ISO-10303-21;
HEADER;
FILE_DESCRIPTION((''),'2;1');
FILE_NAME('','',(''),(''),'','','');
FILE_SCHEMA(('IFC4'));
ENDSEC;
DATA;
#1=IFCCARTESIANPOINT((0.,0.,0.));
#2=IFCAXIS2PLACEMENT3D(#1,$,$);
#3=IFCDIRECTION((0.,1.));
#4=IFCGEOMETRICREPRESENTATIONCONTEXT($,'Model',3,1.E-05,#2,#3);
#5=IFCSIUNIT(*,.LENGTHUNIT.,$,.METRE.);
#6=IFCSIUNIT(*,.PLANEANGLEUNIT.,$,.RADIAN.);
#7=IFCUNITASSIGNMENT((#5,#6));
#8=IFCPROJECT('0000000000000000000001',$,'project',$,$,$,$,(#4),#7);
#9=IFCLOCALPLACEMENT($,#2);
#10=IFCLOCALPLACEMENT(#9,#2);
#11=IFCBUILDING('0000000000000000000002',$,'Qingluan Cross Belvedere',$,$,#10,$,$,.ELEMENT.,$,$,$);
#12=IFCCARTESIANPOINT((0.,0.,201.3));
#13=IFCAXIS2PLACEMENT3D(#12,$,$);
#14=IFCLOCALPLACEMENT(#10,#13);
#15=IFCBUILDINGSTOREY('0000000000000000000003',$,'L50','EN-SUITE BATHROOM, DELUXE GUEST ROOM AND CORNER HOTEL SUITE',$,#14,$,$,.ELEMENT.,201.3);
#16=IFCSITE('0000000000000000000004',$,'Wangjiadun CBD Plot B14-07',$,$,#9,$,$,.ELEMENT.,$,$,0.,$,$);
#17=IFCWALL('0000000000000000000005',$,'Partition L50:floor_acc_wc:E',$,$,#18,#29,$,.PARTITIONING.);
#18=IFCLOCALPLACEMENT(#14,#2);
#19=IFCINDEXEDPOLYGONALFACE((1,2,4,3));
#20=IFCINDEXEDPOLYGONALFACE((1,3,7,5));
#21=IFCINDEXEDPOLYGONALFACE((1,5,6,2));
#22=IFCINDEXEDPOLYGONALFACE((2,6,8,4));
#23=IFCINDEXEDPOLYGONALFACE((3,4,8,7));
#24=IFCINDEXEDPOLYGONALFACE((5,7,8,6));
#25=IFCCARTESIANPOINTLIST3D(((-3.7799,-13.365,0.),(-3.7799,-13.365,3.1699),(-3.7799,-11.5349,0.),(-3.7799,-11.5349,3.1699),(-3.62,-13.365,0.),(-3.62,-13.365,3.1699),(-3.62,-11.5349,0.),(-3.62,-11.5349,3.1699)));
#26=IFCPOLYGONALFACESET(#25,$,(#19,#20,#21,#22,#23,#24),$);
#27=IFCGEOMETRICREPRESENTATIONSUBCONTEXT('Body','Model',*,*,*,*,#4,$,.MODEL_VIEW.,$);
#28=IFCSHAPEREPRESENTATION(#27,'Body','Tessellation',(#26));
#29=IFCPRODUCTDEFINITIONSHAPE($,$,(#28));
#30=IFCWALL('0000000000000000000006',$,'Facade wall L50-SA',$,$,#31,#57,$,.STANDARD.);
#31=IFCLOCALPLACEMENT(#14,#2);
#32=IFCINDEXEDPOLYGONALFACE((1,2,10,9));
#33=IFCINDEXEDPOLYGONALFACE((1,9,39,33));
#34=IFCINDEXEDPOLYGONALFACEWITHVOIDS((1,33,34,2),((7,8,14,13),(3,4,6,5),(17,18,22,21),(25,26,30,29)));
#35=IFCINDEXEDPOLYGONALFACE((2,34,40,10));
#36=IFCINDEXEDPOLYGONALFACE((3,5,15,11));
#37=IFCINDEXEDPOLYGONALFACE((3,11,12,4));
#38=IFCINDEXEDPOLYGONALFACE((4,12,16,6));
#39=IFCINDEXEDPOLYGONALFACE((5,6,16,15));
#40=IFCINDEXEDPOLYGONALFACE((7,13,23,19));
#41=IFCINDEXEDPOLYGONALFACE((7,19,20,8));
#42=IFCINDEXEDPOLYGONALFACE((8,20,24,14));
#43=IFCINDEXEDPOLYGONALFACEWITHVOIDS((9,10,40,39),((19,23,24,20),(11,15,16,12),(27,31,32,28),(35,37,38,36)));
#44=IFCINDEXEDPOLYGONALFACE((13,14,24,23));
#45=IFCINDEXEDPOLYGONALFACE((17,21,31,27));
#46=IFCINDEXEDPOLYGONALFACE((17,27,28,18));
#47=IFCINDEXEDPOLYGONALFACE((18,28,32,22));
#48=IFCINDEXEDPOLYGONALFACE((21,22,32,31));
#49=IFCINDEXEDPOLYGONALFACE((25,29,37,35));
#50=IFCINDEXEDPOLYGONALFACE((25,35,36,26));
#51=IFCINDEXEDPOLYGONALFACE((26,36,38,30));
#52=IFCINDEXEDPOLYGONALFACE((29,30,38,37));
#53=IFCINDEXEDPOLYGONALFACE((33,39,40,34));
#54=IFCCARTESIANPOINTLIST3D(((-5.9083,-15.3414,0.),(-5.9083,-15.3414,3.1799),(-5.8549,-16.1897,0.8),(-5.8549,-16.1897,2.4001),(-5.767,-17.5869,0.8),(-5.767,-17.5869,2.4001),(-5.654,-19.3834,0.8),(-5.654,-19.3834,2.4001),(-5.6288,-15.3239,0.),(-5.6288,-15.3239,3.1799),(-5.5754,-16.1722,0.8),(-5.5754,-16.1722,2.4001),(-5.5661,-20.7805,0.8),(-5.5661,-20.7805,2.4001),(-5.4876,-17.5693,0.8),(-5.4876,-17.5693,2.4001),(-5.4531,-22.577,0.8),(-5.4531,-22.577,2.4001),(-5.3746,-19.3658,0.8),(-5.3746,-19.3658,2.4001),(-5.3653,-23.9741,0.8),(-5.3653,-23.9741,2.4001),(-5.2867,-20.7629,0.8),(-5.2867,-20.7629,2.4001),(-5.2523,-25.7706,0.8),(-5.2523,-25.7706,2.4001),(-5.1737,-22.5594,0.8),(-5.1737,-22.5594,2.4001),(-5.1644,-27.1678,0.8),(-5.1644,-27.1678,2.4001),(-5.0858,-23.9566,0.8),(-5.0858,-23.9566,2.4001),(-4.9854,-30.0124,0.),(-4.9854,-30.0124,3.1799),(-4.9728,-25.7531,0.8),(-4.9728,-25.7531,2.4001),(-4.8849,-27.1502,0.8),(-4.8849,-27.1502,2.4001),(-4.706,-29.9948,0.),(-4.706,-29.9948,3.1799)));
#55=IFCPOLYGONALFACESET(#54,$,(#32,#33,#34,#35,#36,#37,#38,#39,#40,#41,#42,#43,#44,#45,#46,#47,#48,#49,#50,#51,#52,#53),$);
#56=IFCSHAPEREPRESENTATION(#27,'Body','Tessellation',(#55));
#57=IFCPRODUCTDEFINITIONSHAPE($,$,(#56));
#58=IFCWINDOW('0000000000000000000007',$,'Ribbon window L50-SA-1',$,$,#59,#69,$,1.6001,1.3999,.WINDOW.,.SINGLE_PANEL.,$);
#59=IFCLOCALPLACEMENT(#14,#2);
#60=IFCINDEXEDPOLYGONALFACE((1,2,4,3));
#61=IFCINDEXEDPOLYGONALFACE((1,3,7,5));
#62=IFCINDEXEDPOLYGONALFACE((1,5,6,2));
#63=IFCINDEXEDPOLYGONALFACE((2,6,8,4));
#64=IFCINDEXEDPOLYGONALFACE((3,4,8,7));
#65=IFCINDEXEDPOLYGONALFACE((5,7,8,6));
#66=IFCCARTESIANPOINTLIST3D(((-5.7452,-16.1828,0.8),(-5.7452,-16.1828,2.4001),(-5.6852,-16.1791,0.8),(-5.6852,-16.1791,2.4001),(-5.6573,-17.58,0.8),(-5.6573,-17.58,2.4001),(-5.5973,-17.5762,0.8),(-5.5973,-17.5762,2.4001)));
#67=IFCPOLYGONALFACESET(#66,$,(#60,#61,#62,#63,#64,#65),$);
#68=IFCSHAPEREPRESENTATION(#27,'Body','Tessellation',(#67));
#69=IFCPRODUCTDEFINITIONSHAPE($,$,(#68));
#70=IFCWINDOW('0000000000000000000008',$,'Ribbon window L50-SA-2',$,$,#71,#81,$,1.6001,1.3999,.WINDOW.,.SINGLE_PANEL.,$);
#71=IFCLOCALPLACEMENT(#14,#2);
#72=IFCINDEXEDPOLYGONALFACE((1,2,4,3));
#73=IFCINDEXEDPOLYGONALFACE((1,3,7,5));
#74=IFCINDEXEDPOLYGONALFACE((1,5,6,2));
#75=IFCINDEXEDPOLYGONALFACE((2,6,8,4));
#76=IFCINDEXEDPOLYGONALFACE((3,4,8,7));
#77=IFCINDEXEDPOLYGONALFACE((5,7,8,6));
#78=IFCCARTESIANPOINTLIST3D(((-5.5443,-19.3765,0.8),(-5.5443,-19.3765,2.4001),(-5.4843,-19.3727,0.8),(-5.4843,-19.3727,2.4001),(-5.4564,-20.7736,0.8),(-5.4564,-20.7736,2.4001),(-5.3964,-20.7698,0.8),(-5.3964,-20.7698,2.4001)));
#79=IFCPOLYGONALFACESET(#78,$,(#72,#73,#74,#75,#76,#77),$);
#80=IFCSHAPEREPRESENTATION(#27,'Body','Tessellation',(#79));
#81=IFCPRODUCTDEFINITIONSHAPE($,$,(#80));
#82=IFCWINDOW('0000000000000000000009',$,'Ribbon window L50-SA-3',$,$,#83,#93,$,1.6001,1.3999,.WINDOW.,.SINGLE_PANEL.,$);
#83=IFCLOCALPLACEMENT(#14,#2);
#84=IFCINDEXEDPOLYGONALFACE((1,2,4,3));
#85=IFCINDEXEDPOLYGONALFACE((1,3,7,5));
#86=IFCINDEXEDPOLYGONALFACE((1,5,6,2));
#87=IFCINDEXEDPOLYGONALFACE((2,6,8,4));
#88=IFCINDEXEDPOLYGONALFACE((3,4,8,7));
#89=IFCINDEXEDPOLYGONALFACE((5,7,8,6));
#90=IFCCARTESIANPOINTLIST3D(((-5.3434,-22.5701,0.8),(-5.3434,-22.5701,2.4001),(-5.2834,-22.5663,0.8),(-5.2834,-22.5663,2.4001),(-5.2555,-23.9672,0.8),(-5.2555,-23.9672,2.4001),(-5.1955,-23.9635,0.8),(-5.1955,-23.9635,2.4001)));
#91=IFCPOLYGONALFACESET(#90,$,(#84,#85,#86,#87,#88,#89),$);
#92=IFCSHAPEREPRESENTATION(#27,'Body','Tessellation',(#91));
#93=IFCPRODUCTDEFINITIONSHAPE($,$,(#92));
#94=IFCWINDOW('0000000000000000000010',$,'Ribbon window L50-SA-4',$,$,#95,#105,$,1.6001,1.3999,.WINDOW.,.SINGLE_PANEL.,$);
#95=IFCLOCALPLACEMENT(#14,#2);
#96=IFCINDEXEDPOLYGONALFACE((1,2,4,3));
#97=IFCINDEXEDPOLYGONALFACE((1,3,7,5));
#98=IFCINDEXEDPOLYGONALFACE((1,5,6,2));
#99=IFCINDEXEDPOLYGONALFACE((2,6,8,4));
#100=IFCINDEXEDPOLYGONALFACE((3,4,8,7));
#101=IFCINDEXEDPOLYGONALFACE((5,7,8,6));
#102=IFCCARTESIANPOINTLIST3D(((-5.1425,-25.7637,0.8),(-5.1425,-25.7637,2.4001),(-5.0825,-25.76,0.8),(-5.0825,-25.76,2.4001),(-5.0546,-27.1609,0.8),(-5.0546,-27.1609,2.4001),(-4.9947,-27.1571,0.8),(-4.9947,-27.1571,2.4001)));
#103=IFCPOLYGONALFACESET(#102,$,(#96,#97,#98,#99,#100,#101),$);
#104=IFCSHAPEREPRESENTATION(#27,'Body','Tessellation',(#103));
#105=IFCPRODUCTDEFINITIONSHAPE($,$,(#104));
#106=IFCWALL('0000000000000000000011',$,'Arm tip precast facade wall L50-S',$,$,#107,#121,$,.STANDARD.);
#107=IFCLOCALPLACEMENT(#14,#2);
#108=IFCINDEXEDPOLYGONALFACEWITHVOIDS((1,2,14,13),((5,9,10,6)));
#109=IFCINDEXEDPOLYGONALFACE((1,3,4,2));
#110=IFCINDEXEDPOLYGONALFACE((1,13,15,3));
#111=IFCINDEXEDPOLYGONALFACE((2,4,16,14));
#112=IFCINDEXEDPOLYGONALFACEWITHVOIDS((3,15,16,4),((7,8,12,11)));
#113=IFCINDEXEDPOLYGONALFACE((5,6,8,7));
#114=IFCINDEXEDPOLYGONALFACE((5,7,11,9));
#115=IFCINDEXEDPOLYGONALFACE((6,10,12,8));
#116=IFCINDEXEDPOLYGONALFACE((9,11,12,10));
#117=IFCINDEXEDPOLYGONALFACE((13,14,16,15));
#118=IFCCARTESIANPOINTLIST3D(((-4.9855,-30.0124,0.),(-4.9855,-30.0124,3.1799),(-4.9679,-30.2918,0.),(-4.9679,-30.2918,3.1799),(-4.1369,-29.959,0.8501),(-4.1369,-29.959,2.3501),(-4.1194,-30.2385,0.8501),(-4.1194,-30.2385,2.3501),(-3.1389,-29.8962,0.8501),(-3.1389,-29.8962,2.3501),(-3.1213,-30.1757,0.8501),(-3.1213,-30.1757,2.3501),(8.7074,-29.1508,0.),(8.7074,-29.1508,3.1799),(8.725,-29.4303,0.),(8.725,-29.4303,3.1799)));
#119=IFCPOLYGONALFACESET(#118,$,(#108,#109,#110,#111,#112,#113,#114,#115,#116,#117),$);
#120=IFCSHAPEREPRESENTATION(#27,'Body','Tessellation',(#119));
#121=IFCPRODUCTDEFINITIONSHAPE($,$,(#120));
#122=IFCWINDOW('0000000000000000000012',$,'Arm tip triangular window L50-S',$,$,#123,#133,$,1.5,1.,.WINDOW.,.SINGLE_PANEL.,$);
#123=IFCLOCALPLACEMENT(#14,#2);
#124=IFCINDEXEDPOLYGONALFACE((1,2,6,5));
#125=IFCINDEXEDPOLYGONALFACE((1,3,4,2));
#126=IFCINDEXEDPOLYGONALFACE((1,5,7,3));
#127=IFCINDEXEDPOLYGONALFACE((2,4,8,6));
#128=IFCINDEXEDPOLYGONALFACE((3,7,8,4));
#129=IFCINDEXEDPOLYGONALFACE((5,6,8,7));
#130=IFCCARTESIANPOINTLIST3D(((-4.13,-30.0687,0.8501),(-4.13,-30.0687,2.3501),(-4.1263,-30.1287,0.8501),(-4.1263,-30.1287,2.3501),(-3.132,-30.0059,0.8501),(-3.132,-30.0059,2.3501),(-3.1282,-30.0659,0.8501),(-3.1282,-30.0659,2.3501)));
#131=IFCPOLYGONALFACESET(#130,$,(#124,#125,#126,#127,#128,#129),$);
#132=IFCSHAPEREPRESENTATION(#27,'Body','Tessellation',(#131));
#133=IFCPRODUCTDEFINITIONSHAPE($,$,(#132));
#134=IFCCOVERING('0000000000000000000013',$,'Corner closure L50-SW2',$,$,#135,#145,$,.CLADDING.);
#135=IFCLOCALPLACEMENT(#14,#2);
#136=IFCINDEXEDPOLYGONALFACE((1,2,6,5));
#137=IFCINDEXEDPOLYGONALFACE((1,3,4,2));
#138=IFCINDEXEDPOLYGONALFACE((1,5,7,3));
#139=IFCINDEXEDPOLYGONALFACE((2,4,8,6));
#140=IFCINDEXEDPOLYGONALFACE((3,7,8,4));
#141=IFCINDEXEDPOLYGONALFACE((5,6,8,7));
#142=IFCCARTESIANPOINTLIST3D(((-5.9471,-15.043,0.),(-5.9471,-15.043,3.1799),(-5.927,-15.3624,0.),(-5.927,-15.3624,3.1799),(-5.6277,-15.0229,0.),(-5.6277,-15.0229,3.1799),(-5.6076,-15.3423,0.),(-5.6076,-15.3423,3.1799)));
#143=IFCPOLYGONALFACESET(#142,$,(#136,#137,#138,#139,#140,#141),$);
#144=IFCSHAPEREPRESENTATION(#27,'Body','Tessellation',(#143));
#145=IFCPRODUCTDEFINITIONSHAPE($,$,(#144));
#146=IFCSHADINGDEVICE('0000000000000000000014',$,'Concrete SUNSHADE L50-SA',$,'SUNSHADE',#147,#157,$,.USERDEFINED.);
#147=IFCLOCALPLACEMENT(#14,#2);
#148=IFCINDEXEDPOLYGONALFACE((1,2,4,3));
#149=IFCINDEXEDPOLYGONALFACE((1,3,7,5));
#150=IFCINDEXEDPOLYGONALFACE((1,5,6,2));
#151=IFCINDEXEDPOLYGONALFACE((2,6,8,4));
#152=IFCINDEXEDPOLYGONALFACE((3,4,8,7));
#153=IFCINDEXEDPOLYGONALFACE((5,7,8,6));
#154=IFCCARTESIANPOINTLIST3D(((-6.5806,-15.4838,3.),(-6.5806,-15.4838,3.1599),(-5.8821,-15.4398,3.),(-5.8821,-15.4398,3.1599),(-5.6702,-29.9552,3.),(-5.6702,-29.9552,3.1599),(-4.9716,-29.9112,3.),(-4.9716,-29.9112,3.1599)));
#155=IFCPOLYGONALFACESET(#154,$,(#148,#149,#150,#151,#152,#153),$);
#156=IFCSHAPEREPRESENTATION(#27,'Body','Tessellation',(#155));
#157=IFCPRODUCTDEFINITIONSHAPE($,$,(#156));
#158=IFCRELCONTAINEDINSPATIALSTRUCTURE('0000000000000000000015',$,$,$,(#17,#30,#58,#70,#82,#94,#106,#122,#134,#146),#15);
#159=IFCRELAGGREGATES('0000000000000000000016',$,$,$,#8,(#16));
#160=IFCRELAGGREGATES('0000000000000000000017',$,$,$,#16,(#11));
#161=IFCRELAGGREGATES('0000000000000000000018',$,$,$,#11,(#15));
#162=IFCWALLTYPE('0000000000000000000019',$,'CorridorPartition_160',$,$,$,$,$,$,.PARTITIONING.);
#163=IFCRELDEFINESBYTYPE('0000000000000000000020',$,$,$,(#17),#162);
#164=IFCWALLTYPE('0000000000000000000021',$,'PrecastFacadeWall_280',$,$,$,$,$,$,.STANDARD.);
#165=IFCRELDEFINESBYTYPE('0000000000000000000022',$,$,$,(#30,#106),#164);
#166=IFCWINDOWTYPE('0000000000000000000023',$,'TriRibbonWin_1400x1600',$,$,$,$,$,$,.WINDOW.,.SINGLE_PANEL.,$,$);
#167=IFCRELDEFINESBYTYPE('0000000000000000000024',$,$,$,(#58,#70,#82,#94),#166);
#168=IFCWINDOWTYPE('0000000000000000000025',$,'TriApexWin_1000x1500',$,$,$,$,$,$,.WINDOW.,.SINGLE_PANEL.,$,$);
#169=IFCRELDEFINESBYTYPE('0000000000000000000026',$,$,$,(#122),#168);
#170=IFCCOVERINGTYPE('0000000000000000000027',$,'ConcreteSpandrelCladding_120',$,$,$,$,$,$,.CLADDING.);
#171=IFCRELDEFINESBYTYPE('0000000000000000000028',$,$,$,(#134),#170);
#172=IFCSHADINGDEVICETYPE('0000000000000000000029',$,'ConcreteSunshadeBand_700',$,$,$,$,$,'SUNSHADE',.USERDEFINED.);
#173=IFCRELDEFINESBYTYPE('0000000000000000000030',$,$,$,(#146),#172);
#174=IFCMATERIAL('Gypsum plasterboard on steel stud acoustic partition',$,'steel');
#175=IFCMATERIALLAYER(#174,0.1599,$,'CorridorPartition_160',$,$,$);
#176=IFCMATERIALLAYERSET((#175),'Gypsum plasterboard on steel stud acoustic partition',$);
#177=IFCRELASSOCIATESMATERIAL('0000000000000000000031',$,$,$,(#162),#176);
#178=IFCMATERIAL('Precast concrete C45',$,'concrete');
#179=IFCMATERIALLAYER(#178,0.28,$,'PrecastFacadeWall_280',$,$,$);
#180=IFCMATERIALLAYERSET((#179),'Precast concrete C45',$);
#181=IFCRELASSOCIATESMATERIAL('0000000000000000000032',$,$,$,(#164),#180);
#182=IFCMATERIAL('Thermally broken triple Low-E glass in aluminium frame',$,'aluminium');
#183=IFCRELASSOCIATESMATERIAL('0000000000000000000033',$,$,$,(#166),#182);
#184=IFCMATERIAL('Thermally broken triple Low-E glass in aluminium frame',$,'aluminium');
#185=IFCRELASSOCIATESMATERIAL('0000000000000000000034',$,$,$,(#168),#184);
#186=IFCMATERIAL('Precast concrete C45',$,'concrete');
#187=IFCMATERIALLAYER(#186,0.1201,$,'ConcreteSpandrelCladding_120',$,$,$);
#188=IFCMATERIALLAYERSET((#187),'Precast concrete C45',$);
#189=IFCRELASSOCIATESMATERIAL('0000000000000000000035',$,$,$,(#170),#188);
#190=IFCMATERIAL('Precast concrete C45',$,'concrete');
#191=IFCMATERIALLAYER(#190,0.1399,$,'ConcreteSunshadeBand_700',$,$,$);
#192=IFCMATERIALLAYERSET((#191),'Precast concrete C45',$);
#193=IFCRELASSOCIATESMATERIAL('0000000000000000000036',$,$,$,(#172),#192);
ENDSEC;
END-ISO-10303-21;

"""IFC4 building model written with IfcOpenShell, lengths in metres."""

from ifc_helpers import new_model, si_unit, direction, frame, frame_2d, origin, origin_2d, place, context, subcontext, project, spatial, rectangle, extrude, material, layer, layer_set, type_object, element, fill, save


model = new_model("IFC4")

# Units and contexts
model_context = context("Model", 3, precision=1e-05, world=origin(), true_north=direction((0.0, 1.0)))
body_context = subcontext(model_context, "Body", "Model", "MODEL_VIEW")
ifc_project = project(units=[si_unit("LENGTHUNIT", "METRE"), si_unit("PLANEANGLEUNIT", "RADIAN")], contexts=[model_context])

# Site, building, storey
site_placement = place(None, origin())
site = spatial("IfcSite", under=ifc_project, at=site_placement, Name="Wangjiadun CBD Plot B14-07", CompositionType="ELEMENT", RefElevation=0.0)
building_placement = place(site_placement, origin())
building = spatial("IfcBuilding", under=site, at=building_placement, Name="Qingluan Cross Belvedere", CompositionType="ELEMENT")
storey_placement = place(building_placement, frame((0.0, 0.0, 201.3)))
storey = spatial("IfcBuildingStorey", under=building, at=storey_placement, Name="L50", Description="EN-SUITE BATHROOM, DELUXE GUEST ROOM AND CORNER HOTEL SUITE", CompositionType="ELEMENT", Elevation=201.3)

# Shared definitions
ifc_material_1 = material(Name="Gypsum plasterboard on steel stud acoustic partition", Category="steel")
ifc_layer_1 = layer(ifc_material_1, 0.1599, Name="CorridorPartition_160")
ifc_layer_set_1 = layer_set([ifc_layer_1], Name="Gypsum plasterboard on steel stud acoustic partition")
wall_type_1 = type_object("IfcWallType", Name="CorridorPartition_160", PredefinedType="PARTITIONING", material=ifc_layer_set_1)

# Wall
wall_1_placement = place(storey_placement, frame((-3.7, -13.365, 0.0), z_axis=(0.0, 0.0, 1.0), x_axis=(0.0, 1.0, 0.0)))
element("IfcWall", 1, at=wall_1_placement, inside=storey, type_object=wall_type_1, Name="Partition L50:floor_acc_wc:E", PredefinedType="PARTITIONING", context=body_context, shape_type="SweptSolid", body=[
    extrude(rectangle(XDim=1.8301, YDim=0.1599, at=frame_2d((0.915, 0.0))), origin(), (0.0, 0.0, 1.0), 3.1699),
])

# Wall, openings, windows
ifc_material_2 = material(Name="Precast concrete C45", Category="concrete")
ifc_layer_2 = layer(ifc_material_2, 0.28, Name="PrecastFacadeWall_280")
ifc_layer_set_2 = layer_set([ifc_layer_2], Name="Precast concrete C45")
wall_type_2 = type_object("IfcWallType", Name="PrecastFacadeWall_280", PredefinedType="STANDARD", material=ifc_layer_set_2)
wall_2_placement = place(storey_placement, frame((-5.7686, -15.3325, 0.0), z_axis=(0.0, 0.0, 1.0), x_axis=(0.062779, -0.998027, 0.0)))
wall_2 = element("IfcWall", 2, at=wall_2_placement, inside=storey, type_object=wall_type_2, Name="Facade wall L50-SA", PredefinedType="STANDARD", context=body_context, shape_type="SweptSolid", body=[
    extrude(rectangle(XDim=14.7, YDim=0.28, at=frame_2d((7.3501, 0.0))), origin(), (0.0, 0.0, 1.0), 3.1799),
])
opening_1_placement = place(wall_2_placement, frame((0.8501, 0.0, 0.8)))
opening_1 = element("IfcOpeningElement", 3, at=opening_1_placement, cuts=wall_2, PredefinedType="OPENING", context=body_context, shape_type="SweptSolid", body=[
    extrude(rectangle(XDim=1.3999, YDim=1.6001, at=frame_2d((0.7, 0.8))), frame((0.0, 0.1499, 0.0), z_axis=(0.0, -1.0, 0.0), x_axis=(1.0, 0.0, 0.0)), (0.0, 0.0, 1.0), 0.3),
])
opening_2_placement = place(wall_2_placement, frame((4.05, 0.0, 0.8)))
opening_2 = element("IfcOpeningElement", 4, at=opening_2_placement, cuts=wall_2, PredefinedType="OPENING", context=body_context, shape_type="SweptSolid", body=[
    extrude(rectangle(XDim=1.3999, YDim=1.6001, at=frame_2d((0.7, 0.8))), frame((0.0, 0.1499, 0.0), z_axis=(0.0, -1.0, 0.0), x_axis=(1.0, 0.0, 0.0)), (0.0, 0.0, 1.0), 0.3),
])
opening_3_placement = place(wall_2_placement, frame((7.25, 0.0, 0.8)))
opening_3 = element("IfcOpeningElement", 5, at=opening_3_placement, cuts=wall_2, PredefinedType="OPENING", context=body_context, shape_type="SweptSolid", body=[
    extrude(rectangle(XDim=1.3999, YDim=1.6001, at=frame_2d((0.7, 0.8))), frame((0.0, 0.1499, 0.0), z_axis=(0.0, -1.0, 0.0), x_axis=(1.0, 0.0, 0.0)), (0.0, 0.0, 1.0), 0.3),
])
opening_4_placement = place(wall_2_placement, frame((10.45, 0.0, 0.8)))
opening_4 = element("IfcOpeningElement", 6, at=opening_4_placement, cuts=wall_2, PredefinedType="OPENING", context=body_context, shape_type="SweptSolid", body=[
    extrude(rectangle(XDim=1.3999, YDim=1.6001, at=frame_2d((0.7, 0.8))), frame((0.0, 0.1499, 0.0), z_axis=(0.0, -1.0, 0.0), x_axis=(1.0, 0.0, 0.0)), (0.0, 0.0, 1.0), 0.3),
])
ifc_material_3 = material(Name="Thermally broken triple Low-E glass in aluminium frame", Category="aluminium")
window_type_1 = type_object("IfcWindowType", Name="TriRibbonWin_1400x1600", PartitioningType="SINGLE_PANEL", PredefinedType="WINDOW", material=ifc_material_3)
window_1_placement = place(opening_1_placement, origin())
window_1 = element("IfcWindow", 7, at=window_1_placement, inside=storey, type_object=window_type_1, Name="Ribbon window L50-SA-1", OverallHeight=1.6001, OverallWidth=1.3999, PartitioningType="SINGLE_PANEL", PredefinedType="WINDOW", context=body_context, shape_type="SweptSolid", body=[
    extrude(rectangle(XDim=1.3999, YDim=1.6001, at=frame_2d((0.7, 0.8))), frame((0.0, 0.03, 0.0), z_axis=(0.0, -1.0, 0.0), x_axis=(1.0, 0.0, 0.0)), (0.0, 0.0, 1.0), 0.0601),
])
fill(opening_1, window_1)
window_2_placement = place(opening_2_placement, origin())
window_2 = element("IfcWindow", 8, at=window_2_placement, inside=storey, type_object=window_type_1, Name="Ribbon window L50-SA-2", OverallHeight=1.6001, OverallWidth=1.3999, PartitioningType="SINGLE_PANEL", PredefinedType="WINDOW", context=body_context, shape_type="SweptSolid", body=[
    extrude(rectangle(XDim=1.3999, YDim=1.6001, at=frame_2d((0.7, 0.8))), frame((0.0, 0.03, 0.0), z_axis=(0.0, -1.0, 0.0), x_axis=(1.0, 0.0, 0.0)), (0.0, 0.0, 1.0), 0.0601),
])
fill(opening_2, window_2)
window_3_placement = place(opening_3_placement, origin())
window_3 = element("IfcWindow", 9, at=window_3_placement, inside=storey, type_object=window_type_1, Name="Ribbon window L50-SA-3", OverallHeight=1.6001, OverallWidth=1.3999, PartitioningType="SINGLE_PANEL", PredefinedType="WINDOW", context=body_context, shape_type="SweptSolid", body=[
    extrude(rectangle(XDim=1.3999, YDim=1.6001, at=frame_2d((0.7, 0.8))), frame((0.0, 0.03, 0.0), z_axis=(0.0, -1.0, 0.0), x_axis=(1.0, 0.0, 0.0)), (0.0, 0.0, 1.0), 0.0601),
])
fill(opening_3, window_3)
window_4_placement = place(opening_4_placement, origin())
window_4 = element("IfcWindow", 10, at=window_4_placement, inside=storey, type_object=window_type_1, Name="Ribbon window L50-SA-4", OverallHeight=1.6001, OverallWidth=1.3999, PartitioningType="SINGLE_PANEL", PredefinedType="WINDOW", context=body_context, shape_type="SweptSolid", body=[
    extrude(rectangle(XDim=1.3999, YDim=1.6001, at=frame_2d((0.7, 0.8))), frame((0.0, 0.03, 0.0), z_axis=(0.0, -1.0, 0.0), x_axis=(1.0, 0.0, 0.0)), (0.0, 0.0, 1.0), 0.0601),
])
fill(opening_4, window_4)

# Wall, opening, window
wall_3_placement = place(storey_placement, frame((-4.9766, -30.1521, 0.0), z_axis=(0.0, 0.0, 1.0), x_axis=(0.998026, 0.062797, 0.0)))
wall_3 = element("IfcWall", 11, at=wall_3_placement, inside=storey, type_object=wall_type_2, Name="Arm tip precast facade wall L50-S", PredefinedType="STANDARD", context=body_context, shape_type="SweptSolid", body=[
    extrude(rectangle(XDim=13.72, YDim=0.28, at=frame_2d((6.8599, 0.0))), origin(), (0.0, 0.0, 1.0), 3.1799),
])
opening_5_placement = place(wall_3_placement, frame((0.8501, 0.0, 0.8501)))
opening_5 = element("IfcOpeningElement", 12, at=opening_5_placement, cuts=wall_3, PredefinedType="OPENING", context=body_context, shape_type="SweptSolid", body=[
    extrude(rectangle(XDim=1.0, YDim=1.5, at=frame_2d((0.5, 0.75))), frame((0.0, 0.1499, 0.0), z_axis=(0.0, -1.0, 0.0), x_axis=(1.0, 0.0, 0.0)), (0.0, 0.0, 1.0), 0.3),
])
ifc_material_4 = material(Name="Thermally broken triple Low-E glass in aluminium frame", Category="aluminium")
window_type_2 = type_object("IfcWindowType", Name="TriApexWin_1000x1500", PartitioningType="SINGLE_PANEL", PredefinedType="WINDOW", material=ifc_material_4)
window_5_placement = place(opening_5_placement, origin())
window_5 = element("IfcWindow", 13, at=window_5_placement, inside=storey, type_object=window_type_2, Name="Arm tip triangular window L50-S", OverallHeight=1.5, OverallWidth=1.0, PartitioningType="SINGLE_PANEL", PredefinedType="WINDOW", context=body_context, shape_type="SweptSolid", body=[
    extrude(rectangle(XDim=1.0, YDim=1.5, at=frame_2d((0.5, 0.75))), frame((0.0, 0.03, 0.0), z_axis=(0.0, -1.0, 0.0), x_axis=(1.0, 0.0, 0.0)), (0.0, 0.0, 1.0), 0.0601),
])
fill(opening_5, window_5)

# Covering
ifc_material_5 = material(Name="Precast concrete C45", Category="concrete")
ifc_layer_3 = layer(ifc_material_5, 0.1201, Name="ConcreteSpandrelCladding_120")
ifc_layer_set_3 = layer_set([ifc_layer_3], Name="Precast concrete C45")
covering_type = type_object("IfcCoveringType", Name="ConcreteSpandrelCladding_120", PredefinedType="CLADDING", material=ifc_layer_set_3)
covering_placement = place(storey_placement, frame((-5.7773, -15.1926, 0.0), z_axis=(0.0, 0.0, 1.0), x_axis=(0.998027, 0.062791, 0.0)))
element("IfcCovering", 14, at=covering_placement, inside=storey, type_object=covering_type, Name="Corner closure L50-SW2", PredefinedType="CLADDING", context=body_context, shape_type="SweptSolid", body=[
    extrude(rectangle(XDim=0.3201, YDim=0.3201, at=origin_2d()), origin(), (0.0, 0.0, 1.0), 3.1799),
])

# Shading device
ifc_material_6 = material(Name="Precast concrete C45", Category="concrete")
ifc_layer_4 = layer(ifc_material_6, 0.1399, Name="ConcreteSunshadeBand_700")
ifc_layer_set_4 = layer_set([ifc_layer_4], Name="Precast concrete C45")
shading_device_type = type_object("IfcShadingDeviceType", Name="ConcreteSunshadeBand_700", ElementType="SUNSHADE", PredefinedType="USERDEFINED", material=ifc_layer_set_4)
shading_device_placement = place(storey_placement, frame((-5.7761, -22.6975, 3.0), z_axis=(0.0, 0.0, 1.0), x_axis=(0.062789, -0.998027, 0.0)))
element("IfcShadingDevice", 15, at=shading_device_placement, inside=storey, type_object=shading_device_type, Name="Concrete SUNSHADE L50-SA", ObjectType="SUNSHADE", PredefinedType="USERDEFINED", context=body_context, shape_type="SweptSolid", body=[
    extrude(rectangle(XDim=14.5, YDim=0.7, at=origin_2d()), origin(), (0.0, 0.0, 1.0), 0.1599),
])

save(model, "model.ifc")
